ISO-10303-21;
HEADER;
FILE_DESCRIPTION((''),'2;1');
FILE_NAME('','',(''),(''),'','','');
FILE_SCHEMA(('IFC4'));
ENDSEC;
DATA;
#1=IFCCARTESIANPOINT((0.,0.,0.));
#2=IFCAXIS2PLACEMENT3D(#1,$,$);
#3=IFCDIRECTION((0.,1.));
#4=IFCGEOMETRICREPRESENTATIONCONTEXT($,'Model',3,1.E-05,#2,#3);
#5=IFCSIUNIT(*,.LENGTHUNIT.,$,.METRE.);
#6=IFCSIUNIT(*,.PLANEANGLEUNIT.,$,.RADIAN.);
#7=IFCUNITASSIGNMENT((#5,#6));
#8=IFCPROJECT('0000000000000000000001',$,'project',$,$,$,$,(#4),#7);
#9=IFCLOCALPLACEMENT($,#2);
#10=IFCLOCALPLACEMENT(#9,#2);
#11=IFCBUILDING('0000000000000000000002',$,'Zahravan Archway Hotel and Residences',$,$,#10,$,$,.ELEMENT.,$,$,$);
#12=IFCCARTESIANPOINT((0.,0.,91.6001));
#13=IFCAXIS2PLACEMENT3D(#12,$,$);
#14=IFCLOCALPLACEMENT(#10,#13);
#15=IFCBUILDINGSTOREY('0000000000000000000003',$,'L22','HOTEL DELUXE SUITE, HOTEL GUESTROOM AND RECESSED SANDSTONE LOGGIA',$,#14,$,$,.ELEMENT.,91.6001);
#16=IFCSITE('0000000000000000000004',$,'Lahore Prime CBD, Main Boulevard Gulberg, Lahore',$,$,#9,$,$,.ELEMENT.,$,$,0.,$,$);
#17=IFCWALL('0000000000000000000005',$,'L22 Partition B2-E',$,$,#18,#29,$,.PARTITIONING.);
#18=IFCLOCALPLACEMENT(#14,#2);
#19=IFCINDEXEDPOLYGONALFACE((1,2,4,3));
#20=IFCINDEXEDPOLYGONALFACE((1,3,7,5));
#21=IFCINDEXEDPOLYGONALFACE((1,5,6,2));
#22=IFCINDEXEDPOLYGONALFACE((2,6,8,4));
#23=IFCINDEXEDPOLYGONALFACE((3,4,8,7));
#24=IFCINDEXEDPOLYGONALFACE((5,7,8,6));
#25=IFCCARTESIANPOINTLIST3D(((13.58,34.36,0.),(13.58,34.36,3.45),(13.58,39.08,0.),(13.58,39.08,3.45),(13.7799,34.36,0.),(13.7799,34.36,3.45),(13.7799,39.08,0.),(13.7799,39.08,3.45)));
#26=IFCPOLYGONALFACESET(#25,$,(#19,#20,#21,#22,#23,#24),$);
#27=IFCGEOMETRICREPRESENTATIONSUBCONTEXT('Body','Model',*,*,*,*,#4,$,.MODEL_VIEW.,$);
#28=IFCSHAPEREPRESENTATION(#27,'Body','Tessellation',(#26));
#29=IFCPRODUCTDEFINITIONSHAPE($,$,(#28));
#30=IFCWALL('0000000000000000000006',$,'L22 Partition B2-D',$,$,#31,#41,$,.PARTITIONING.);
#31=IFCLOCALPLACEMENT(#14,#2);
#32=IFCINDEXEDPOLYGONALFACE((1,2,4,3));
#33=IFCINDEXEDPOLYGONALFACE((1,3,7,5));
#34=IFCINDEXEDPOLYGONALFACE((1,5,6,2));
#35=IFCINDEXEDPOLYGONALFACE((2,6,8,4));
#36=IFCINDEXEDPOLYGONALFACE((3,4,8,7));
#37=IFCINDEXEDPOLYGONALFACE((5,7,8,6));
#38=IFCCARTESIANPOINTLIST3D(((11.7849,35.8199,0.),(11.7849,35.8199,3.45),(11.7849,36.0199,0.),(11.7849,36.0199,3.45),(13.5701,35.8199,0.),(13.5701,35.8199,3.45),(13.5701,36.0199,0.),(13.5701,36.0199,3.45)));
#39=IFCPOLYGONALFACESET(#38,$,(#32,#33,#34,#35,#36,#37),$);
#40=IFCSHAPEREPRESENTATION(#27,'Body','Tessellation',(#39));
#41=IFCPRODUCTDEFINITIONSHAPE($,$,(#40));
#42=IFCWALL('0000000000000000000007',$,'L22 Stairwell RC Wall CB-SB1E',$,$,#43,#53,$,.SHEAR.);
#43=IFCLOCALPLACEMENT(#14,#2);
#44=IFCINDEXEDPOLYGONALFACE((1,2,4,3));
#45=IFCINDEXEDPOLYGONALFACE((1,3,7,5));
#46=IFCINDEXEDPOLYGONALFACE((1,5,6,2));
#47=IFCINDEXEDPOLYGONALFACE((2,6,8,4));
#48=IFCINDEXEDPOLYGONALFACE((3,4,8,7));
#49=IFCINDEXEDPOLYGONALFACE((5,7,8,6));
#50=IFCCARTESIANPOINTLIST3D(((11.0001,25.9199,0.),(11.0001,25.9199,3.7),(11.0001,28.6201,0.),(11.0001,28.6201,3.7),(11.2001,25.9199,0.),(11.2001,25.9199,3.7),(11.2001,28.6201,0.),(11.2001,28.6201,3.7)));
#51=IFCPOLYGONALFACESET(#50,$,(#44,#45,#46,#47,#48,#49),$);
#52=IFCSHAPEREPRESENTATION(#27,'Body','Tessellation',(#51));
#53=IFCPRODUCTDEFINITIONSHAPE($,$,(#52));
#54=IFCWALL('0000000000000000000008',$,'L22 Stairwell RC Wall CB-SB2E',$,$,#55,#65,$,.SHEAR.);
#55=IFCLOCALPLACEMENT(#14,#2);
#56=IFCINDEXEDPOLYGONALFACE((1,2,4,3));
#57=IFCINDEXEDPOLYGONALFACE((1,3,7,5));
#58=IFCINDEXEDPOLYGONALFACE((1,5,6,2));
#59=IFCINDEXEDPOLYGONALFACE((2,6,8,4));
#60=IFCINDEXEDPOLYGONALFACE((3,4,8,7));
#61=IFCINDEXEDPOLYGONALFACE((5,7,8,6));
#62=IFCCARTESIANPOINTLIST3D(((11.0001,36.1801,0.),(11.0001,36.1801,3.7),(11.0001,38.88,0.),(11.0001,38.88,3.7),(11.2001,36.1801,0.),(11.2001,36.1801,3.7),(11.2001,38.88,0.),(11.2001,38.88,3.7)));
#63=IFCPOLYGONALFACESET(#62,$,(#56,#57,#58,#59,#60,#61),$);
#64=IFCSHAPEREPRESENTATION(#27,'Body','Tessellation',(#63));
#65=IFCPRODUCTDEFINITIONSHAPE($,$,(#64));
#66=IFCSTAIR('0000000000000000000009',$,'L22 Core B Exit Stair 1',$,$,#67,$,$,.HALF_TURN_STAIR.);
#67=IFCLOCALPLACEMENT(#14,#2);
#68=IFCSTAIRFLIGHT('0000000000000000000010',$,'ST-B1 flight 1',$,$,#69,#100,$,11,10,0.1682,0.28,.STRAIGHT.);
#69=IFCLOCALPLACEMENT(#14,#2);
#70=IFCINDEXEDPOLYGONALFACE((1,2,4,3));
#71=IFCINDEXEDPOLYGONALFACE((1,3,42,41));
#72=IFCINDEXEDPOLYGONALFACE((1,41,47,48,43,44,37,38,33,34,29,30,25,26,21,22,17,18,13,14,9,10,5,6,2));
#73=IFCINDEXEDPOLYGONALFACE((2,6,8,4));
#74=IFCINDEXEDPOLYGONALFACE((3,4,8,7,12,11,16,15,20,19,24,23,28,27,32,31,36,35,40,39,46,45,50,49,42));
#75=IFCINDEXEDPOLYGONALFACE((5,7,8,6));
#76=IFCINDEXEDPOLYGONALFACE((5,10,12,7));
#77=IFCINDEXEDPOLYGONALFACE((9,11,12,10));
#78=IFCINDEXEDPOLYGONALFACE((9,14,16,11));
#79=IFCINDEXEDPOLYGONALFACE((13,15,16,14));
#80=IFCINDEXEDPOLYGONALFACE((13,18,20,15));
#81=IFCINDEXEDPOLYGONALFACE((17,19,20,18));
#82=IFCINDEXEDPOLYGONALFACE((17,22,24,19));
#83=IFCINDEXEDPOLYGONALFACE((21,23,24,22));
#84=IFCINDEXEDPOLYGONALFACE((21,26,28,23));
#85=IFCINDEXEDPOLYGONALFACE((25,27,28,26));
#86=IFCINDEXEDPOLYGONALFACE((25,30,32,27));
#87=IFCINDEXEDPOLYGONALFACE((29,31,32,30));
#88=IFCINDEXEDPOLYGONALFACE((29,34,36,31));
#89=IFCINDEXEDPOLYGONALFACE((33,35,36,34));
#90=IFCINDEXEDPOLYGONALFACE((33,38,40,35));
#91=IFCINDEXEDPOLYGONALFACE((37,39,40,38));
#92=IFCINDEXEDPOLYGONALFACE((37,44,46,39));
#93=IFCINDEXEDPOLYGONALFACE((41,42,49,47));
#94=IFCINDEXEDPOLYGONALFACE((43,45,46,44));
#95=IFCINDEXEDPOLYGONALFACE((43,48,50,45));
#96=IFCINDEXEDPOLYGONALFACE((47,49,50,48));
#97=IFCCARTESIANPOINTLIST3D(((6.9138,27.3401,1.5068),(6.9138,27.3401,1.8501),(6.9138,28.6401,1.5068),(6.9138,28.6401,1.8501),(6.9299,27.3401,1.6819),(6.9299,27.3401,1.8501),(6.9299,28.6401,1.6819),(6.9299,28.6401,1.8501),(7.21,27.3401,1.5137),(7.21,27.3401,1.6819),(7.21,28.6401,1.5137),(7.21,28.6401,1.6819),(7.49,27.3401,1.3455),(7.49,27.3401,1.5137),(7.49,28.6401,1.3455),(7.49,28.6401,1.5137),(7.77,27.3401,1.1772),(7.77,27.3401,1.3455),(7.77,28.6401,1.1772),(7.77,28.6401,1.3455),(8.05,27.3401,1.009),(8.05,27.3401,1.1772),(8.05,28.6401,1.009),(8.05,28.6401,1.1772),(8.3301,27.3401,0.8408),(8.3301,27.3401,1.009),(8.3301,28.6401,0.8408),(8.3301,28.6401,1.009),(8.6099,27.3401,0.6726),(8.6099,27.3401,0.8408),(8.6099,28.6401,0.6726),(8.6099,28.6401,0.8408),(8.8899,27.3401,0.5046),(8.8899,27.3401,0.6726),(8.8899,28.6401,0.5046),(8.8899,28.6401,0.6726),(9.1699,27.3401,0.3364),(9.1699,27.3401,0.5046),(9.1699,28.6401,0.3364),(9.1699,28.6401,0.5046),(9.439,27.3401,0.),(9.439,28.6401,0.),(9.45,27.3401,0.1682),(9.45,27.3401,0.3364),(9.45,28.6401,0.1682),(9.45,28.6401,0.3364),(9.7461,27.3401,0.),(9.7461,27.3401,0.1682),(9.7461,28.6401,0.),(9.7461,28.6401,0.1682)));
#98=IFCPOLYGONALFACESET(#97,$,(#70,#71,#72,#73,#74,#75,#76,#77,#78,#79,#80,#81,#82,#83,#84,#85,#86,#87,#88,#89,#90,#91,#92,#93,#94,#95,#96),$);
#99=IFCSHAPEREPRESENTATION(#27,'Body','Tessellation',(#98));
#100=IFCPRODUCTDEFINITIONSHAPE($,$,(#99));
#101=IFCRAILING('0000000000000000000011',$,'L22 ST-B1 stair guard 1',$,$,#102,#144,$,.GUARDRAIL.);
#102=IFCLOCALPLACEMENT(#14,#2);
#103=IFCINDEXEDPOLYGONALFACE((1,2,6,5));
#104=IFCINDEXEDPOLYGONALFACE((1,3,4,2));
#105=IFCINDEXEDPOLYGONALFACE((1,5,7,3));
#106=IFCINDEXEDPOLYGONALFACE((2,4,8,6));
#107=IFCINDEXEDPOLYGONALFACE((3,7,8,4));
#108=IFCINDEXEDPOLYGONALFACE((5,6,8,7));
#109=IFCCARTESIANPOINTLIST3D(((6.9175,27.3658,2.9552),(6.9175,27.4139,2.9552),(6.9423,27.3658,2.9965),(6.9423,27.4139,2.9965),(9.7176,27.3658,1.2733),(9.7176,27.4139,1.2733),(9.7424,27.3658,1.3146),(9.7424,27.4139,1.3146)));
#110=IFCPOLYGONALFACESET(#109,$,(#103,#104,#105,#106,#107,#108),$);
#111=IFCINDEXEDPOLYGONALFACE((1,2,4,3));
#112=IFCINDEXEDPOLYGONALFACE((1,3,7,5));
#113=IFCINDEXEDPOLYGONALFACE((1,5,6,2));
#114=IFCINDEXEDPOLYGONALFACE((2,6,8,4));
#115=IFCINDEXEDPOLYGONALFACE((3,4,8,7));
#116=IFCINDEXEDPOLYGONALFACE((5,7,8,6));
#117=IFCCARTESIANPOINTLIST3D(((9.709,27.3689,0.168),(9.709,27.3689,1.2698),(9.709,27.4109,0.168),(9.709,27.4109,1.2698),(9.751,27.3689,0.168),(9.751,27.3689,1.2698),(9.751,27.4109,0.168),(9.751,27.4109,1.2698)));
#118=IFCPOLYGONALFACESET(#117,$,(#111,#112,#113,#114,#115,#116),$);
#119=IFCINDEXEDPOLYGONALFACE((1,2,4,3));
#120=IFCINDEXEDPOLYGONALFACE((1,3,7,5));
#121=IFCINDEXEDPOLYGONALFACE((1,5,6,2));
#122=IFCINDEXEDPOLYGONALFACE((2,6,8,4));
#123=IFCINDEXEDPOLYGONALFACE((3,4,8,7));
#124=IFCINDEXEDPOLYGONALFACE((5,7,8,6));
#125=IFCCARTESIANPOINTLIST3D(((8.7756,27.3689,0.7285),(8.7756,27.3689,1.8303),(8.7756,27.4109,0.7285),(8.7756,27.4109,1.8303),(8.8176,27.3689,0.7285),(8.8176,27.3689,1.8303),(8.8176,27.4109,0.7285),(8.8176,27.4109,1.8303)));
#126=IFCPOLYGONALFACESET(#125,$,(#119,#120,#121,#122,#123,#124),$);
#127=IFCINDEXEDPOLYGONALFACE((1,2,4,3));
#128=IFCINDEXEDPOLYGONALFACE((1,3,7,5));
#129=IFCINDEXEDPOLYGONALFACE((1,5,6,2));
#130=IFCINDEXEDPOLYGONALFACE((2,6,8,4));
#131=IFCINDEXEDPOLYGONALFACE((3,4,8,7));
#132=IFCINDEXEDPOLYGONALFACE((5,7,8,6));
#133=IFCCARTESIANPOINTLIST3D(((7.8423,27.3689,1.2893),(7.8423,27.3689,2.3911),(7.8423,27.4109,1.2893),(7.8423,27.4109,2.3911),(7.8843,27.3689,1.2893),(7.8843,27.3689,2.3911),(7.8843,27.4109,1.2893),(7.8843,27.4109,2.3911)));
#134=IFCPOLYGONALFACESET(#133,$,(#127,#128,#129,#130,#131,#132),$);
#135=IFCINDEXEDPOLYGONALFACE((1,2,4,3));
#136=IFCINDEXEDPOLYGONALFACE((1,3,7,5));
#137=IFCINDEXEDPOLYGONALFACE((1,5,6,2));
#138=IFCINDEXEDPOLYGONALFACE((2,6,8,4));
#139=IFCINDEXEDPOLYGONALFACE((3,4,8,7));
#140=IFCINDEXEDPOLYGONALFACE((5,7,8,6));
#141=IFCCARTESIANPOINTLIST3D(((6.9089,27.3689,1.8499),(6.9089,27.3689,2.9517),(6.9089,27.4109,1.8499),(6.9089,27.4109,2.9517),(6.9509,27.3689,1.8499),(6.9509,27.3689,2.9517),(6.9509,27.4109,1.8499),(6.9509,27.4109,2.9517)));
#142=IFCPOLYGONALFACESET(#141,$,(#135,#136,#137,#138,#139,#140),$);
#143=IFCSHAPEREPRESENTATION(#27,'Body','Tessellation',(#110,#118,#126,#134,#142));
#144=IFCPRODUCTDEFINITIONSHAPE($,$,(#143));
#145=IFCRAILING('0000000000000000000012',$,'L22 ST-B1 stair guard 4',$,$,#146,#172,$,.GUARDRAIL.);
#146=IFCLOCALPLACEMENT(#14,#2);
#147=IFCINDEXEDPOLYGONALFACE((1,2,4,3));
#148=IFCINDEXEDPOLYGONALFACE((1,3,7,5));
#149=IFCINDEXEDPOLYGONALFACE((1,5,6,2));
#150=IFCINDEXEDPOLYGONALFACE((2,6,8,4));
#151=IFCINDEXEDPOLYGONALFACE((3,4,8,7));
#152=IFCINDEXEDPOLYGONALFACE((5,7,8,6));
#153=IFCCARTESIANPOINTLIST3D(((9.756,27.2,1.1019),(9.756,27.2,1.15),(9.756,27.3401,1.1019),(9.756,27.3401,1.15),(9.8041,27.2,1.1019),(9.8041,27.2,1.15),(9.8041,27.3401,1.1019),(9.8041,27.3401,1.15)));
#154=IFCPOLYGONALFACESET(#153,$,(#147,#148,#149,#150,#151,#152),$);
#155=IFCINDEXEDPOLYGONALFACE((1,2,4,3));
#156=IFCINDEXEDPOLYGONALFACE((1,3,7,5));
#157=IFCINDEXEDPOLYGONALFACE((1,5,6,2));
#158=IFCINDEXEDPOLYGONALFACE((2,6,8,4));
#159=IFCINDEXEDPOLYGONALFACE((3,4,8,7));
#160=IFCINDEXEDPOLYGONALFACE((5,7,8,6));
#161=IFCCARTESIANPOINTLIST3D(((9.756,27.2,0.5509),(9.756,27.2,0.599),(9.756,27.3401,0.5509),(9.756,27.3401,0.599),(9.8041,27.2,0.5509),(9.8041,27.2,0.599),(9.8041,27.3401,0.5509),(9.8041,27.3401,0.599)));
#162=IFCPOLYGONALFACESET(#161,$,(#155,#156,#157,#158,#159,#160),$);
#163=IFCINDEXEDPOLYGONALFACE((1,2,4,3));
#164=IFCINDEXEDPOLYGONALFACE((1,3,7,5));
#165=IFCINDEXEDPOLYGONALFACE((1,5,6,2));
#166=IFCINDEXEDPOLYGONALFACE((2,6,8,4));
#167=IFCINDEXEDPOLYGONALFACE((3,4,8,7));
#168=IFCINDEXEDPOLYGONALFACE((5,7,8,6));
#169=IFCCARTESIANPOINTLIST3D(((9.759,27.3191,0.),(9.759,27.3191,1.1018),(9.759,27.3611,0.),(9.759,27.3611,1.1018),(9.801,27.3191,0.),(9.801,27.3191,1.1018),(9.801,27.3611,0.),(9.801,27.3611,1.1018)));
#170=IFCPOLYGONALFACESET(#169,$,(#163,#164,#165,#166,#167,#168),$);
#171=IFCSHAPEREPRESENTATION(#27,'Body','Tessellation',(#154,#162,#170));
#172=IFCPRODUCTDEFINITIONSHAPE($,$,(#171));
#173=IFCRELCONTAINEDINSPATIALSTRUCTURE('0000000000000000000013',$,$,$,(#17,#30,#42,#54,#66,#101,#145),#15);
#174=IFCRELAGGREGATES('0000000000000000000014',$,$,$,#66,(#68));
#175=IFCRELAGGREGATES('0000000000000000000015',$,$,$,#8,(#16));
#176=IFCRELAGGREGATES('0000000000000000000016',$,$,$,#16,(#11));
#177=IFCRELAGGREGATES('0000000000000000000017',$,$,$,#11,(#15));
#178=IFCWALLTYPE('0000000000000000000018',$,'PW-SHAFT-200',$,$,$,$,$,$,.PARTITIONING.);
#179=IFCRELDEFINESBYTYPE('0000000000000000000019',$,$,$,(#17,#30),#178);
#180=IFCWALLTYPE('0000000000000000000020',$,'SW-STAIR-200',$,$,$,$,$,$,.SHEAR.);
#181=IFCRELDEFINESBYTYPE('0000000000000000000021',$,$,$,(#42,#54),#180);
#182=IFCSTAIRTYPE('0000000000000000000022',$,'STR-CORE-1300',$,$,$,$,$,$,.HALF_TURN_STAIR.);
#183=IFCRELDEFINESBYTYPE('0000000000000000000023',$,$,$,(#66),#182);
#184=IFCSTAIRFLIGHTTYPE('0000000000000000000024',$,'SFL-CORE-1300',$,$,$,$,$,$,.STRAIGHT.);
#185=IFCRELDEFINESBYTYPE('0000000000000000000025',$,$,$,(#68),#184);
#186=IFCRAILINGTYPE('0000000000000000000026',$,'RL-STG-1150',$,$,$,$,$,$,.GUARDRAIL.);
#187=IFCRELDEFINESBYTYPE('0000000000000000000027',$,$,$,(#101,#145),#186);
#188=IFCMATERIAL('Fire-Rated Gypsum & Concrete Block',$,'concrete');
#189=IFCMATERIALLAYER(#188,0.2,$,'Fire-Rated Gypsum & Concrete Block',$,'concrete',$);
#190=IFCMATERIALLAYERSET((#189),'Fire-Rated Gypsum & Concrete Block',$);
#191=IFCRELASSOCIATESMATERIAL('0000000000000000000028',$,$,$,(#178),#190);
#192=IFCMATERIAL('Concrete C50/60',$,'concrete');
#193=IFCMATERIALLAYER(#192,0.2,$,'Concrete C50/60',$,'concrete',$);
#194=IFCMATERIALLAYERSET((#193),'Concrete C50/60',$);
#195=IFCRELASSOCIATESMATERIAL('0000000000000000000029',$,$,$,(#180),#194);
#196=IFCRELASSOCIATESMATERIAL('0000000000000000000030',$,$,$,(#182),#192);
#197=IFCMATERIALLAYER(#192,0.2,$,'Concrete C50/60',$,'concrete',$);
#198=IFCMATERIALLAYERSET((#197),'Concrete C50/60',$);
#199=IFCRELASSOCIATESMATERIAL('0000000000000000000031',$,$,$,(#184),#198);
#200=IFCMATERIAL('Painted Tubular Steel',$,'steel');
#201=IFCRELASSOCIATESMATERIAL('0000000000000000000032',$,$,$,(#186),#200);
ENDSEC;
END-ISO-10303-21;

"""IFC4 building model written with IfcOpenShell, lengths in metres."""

from ifc_helpers import new_model, si_unit, direction, frame, frame_2d, origin, origin_2d, place, context, subcontext, project, spatial, polyline, rectangle, outline, extrude, source, transform, mapped, material, layer, layer_set, type_object, element, aggregate, save


model = new_model("IFC4")

# Units and contexts
model_context = context("Model", 3, precision=1e-05, world=origin(), true_north=direction((0.0, 1.0)))
body_context = subcontext(model_context, "Body", "Model", "MODEL_VIEW")
ifc_project = project(units=[si_unit("LENGTHUNIT", "METRE"), si_unit("PLANEANGLEUNIT", "RADIAN")], contexts=[model_context])

# Site, building, storey
site_placement = place(None, origin())
site = spatial("IfcSite", under=ifc_project, at=site_placement, Name="Lahore Prime CBD, Main Boulevard Gulberg, Lahore", CompositionType="ELEMENT", RefElevation=0.0)
building_placement = place(site_placement, origin())
building = spatial("IfcBuilding", under=site, at=building_placement, Name="Zahravan Archway Hotel and Residences", CompositionType="ELEMENT")
storey_placement = place(building_placement, frame((0.0, 0.0, 91.6001)))
storey = spatial("IfcBuildingStorey", under=building, at=storey_placement, Name="L22", Description="HOTEL DELUXE SUITE, HOTEL GUESTROOM AND RECESSED SANDSTONE LOGGIA", CompositionType="ELEMENT", Elevation=91.6001)

# Shared definitions
ifc_material_1 = material(Name="Fire-Rated Gypsum & Concrete Block", Category="concrete")
ifc_layer_1 = layer(ifc_material_1, 0.2, Name="Fire-Rated Gypsum & Concrete Block", Category="concrete")
ifc_layer_set_1 = layer_set([ifc_layer_1], Name="Fire-Rated Gypsum & Concrete Block")
wall_type_1 = type_object("IfcWallType", Name="PW-SHAFT-200", PredefinedType="PARTITIONING", material=ifc_layer_set_1)

# Walls
wall_1_placement = place(storey_placement, frame((13.6799, 34.3601, 0.0), z_axis=(0.0, 0.0, 1.0), x_axis=(0.0, 1.0, 0.0)))
element("IfcWall", 1, at=wall_1_placement, inside=storey, type_object=wall_type_1, Name="L22 Partition B2-E", PredefinedType="PARTITIONING", context=body_context, shape_type="SweptSolid", body=[
    extrude(rectangle(XDim=4.72, YDim=0.2, at=frame_2d((2.3599, 0.0))), origin(), (0.0, 0.0, 1.0), 3.45),
])
wall_2_placement = place(storey_placement, frame((11.7849, 35.9199, 0.0), z_axis=(0.0, 0.0, 1.0), x_axis=(1.0, 0.0, 0.0)))
element("IfcWall", 2, at=wall_2_placement, inside=storey, type_object=wall_type_1, Name="L22 Partition B2-D", PredefinedType="PARTITIONING", context=body_context, shape_type="SweptSolid", body=[
    extrude(rectangle(XDim=1.7852, YDim=0.2, at=frame_2d((0.8926, 0.0))), origin(), (0.0, 0.0, 1.0), 3.45),
])
ifc_material_2 = material(Name="Concrete C50/60", Category="concrete")
ifc_layer_2 = layer(ifc_material_2, 0.2, Name="Concrete C50/60", Category="concrete")
ifc_layer_set_2 = layer_set([ifc_layer_2], Name="Concrete C50/60")
wall_type_2 = type_object("IfcWallType", Name="SW-STAIR-200", PredefinedType="SHEAR", material=ifc_layer_set_2)
wall_3_placement = place(storey_placement, frame((11.1001, 25.9199, 0.0), z_axis=(0.0, 0.0, 1.0), x_axis=(0.0, 1.0, 0.0)))
element("IfcWall", 3, at=wall_3_placement, inside=storey, type_object=wall_type_2, Name="L22 Stairwell RC Wall CB-SB1E", PredefinedType="SHEAR", context=body_context, shape_type="SweptSolid", body=[
    extrude(rectangle(XDim=2.7002, YDim=0.2, at=frame_2d((1.3501, 0.0))), origin(), (0.0, 0.0, 1.0), 3.7),
])
wall_4_placement = place(storey_placement, frame((11.1001, 36.1799, 0.0), z_axis=(0.0, 0.0, 1.0), x_axis=(0.0, 1.0, 0.0)))
element("IfcWall", 4, at=wall_4_placement, inside=storey, type_object=wall_type_2, Name="L22 Stairwell RC Wall CB-SB2E", PredefinedType="SHEAR", context=body_context, shape_type="SweptSolid", body=[
    extrude(rectangle(XDim=2.7, YDim=0.2, at=frame_2d((1.3501, 0.0))), origin(), (0.0, 0.0, 1.0), 3.7),
])

# Stair, stair flight
stair_type = type_object("IfcStairType", Name="STR-CORE-1300", PredefinedType="HALF_TURN_STAIR", material=ifc_material_2)
stair_placement = place(storey_placement, origin())
stair = element("IfcStair", 5, at=stair_placement, inside=storey, type_object=stair_type, Name="L22 Core B Exit Stair 1", PredefinedType="HALF_TURN_STAIR")
ifc_layer_3 = layer(ifc_material_2, 0.2, Name="Concrete C50/60", Category="concrete")
ifc_layer_set_3 = layer_set([ifc_layer_3], Name="Concrete C50/60")
stair_flight_type = type_object("IfcStairFlightType", Name="SFL-CORE-1300", PredefinedType="STRAIGHT", material=ifc_layer_set_3)
shared_shape_1 = source(origin(), body_context, "Body", "SweptSolid", [
    extrude(outline(polyline([(-0.0161, 0.0), (-0.0161, 0.1682), (0.28, 0.1682), (0.28, 0.3364), (0.5601, 0.3364), (0.5601, 0.5046), (0.8401, 0.5046), (0.8401, 0.6726), (1.1201, 0.6726), (1.1201, 0.8408), (1.3999, 0.8408), (1.3999, 1.009), (1.6799, 1.009), (1.6799, 1.1772), (1.96, 1.1772), (1.96, 1.3455), (2.24, 1.3455), (2.24, 1.5137), (2.52, 1.5137), (2.52, 1.6819), (2.8, 1.6819), (2.8, 1.8501), (2.8162, 1.8501), (2.8162, 1.5068), (0.291, 0.0), (-0.0161, 0.0)])), frame((0.0, 0.6499, 0.0), z_axis=(0.0, -1.0, 0.0), x_axis=(1.0, 0.0, 0.0)), (0.0, 0.0, 1.0), 1.3),
])
stair_flight_placement = place(storey_placement, frame((9.73, 27.99, 0.0), z_axis=(0.0, 0.0, 1.0), x_axis=(-1.0, 0.0, 0.0)))
stair_flight = element("IfcStairFlight", 6, at=stair_flight_placement, type_object=stair_flight_type, Name="ST-B1 flight 1", NumberOfRisers=11, NumberOfTreads=10, PredefinedType="STRAIGHT", RiserHeight=0.1682, TreadLength=0.28, context=body_context, shape_type="MappedRepresentation", body=[
    mapped(shared_shape_1, transform((0.0, 0.0, 0.0), scale=1.0)),
])
aggregate(stair, [stair_flight])

# Railings
ifc_material_3 = material(Name="Painted Tubular Steel", Category="steel")
railing_type_1 = type_object("IfcRailingType", Name="RL-STG-1150", PredefinedType="GUARDRAIL", material=ifc_material_3)
railing_1_placement = place(storey_placement, frame((9.73, 27.3899, 0.168)))
element("IfcRailing", 7, at=railing_1_placement, inside=storey, type_object=railing_type_1, Name="L22 ST-B1 stair guard 1", PredefinedType="GUARDRAIL", context=body_context, shape_type="SweptSolid", body=[
    extrude(rectangle(XDim=0.0481, YDim=0.0481, at=origin_2d()), frame((0.0, 0.0, 1.126), z_axis=(-0.857242, 0.0, 0.514913), x_axis=(0.0, -1.0, 0.0)), (0.0, 0.0, 1.0), 3.2664),
    extrude(rectangle(XDim=0.042, YDim=0.042, at=origin_2d()), origin(), (0.0, 0.0, 1.0), 1.1018),
    extrude(rectangle(XDim=0.042, YDim=0.042, at=origin_2d()), frame((-0.9333, 0.0, 0.5605)), (0.0, 0.0, 1.0), 1.1018),
    extrude(rectangle(XDim=0.042, YDim=0.042, at=origin_2d()), frame((-1.8667, 0.0, 1.1213)), (0.0, 0.0, 1.0), 1.1018),
    extrude(rectangle(XDim=0.042, YDim=0.042, at=origin_2d()), frame((-2.8, 0.0, 1.6819)), (0.0, 0.0, 1.0), 1.1018),
])
railing_2_placement = place(storey_placement, frame((9.78, 27.3401, 0.0)))
element("IfcRailing", 8, at=railing_2_placement, inside=storey, type_object=railing_type_1, Name="L22 ST-B1 stair guard 4", PredefinedType="GUARDRAIL", context=body_context, shape_type="SweptSolid", body=[
    extrude(rectangle(XDim=0.0481, YDim=0.0481, at=origin_2d()), frame((0.0, 0.0, 1.126), z_axis=(0.0, -1.0, 0.0), x_axis=(1.0, 0.0, 0.0)), (0.0, 0.0, 1.0), 0.1401),
    extrude(rectangle(XDim=0.0481, YDim=0.0481, at=origin_2d()), frame((0.0, 0.0, 0.575), z_axis=(0.0, -1.0, 0.0), x_axis=(1.0, 0.0, 0.0)), (0.0, 0.0, 1.0), 0.1401),
    extrude(rectangle(XDim=0.042, YDim=0.042, at=origin_2d()), origin(), (0.0, 0.0, 1.0), 1.1018),
])

save(model, "model.ifc")
